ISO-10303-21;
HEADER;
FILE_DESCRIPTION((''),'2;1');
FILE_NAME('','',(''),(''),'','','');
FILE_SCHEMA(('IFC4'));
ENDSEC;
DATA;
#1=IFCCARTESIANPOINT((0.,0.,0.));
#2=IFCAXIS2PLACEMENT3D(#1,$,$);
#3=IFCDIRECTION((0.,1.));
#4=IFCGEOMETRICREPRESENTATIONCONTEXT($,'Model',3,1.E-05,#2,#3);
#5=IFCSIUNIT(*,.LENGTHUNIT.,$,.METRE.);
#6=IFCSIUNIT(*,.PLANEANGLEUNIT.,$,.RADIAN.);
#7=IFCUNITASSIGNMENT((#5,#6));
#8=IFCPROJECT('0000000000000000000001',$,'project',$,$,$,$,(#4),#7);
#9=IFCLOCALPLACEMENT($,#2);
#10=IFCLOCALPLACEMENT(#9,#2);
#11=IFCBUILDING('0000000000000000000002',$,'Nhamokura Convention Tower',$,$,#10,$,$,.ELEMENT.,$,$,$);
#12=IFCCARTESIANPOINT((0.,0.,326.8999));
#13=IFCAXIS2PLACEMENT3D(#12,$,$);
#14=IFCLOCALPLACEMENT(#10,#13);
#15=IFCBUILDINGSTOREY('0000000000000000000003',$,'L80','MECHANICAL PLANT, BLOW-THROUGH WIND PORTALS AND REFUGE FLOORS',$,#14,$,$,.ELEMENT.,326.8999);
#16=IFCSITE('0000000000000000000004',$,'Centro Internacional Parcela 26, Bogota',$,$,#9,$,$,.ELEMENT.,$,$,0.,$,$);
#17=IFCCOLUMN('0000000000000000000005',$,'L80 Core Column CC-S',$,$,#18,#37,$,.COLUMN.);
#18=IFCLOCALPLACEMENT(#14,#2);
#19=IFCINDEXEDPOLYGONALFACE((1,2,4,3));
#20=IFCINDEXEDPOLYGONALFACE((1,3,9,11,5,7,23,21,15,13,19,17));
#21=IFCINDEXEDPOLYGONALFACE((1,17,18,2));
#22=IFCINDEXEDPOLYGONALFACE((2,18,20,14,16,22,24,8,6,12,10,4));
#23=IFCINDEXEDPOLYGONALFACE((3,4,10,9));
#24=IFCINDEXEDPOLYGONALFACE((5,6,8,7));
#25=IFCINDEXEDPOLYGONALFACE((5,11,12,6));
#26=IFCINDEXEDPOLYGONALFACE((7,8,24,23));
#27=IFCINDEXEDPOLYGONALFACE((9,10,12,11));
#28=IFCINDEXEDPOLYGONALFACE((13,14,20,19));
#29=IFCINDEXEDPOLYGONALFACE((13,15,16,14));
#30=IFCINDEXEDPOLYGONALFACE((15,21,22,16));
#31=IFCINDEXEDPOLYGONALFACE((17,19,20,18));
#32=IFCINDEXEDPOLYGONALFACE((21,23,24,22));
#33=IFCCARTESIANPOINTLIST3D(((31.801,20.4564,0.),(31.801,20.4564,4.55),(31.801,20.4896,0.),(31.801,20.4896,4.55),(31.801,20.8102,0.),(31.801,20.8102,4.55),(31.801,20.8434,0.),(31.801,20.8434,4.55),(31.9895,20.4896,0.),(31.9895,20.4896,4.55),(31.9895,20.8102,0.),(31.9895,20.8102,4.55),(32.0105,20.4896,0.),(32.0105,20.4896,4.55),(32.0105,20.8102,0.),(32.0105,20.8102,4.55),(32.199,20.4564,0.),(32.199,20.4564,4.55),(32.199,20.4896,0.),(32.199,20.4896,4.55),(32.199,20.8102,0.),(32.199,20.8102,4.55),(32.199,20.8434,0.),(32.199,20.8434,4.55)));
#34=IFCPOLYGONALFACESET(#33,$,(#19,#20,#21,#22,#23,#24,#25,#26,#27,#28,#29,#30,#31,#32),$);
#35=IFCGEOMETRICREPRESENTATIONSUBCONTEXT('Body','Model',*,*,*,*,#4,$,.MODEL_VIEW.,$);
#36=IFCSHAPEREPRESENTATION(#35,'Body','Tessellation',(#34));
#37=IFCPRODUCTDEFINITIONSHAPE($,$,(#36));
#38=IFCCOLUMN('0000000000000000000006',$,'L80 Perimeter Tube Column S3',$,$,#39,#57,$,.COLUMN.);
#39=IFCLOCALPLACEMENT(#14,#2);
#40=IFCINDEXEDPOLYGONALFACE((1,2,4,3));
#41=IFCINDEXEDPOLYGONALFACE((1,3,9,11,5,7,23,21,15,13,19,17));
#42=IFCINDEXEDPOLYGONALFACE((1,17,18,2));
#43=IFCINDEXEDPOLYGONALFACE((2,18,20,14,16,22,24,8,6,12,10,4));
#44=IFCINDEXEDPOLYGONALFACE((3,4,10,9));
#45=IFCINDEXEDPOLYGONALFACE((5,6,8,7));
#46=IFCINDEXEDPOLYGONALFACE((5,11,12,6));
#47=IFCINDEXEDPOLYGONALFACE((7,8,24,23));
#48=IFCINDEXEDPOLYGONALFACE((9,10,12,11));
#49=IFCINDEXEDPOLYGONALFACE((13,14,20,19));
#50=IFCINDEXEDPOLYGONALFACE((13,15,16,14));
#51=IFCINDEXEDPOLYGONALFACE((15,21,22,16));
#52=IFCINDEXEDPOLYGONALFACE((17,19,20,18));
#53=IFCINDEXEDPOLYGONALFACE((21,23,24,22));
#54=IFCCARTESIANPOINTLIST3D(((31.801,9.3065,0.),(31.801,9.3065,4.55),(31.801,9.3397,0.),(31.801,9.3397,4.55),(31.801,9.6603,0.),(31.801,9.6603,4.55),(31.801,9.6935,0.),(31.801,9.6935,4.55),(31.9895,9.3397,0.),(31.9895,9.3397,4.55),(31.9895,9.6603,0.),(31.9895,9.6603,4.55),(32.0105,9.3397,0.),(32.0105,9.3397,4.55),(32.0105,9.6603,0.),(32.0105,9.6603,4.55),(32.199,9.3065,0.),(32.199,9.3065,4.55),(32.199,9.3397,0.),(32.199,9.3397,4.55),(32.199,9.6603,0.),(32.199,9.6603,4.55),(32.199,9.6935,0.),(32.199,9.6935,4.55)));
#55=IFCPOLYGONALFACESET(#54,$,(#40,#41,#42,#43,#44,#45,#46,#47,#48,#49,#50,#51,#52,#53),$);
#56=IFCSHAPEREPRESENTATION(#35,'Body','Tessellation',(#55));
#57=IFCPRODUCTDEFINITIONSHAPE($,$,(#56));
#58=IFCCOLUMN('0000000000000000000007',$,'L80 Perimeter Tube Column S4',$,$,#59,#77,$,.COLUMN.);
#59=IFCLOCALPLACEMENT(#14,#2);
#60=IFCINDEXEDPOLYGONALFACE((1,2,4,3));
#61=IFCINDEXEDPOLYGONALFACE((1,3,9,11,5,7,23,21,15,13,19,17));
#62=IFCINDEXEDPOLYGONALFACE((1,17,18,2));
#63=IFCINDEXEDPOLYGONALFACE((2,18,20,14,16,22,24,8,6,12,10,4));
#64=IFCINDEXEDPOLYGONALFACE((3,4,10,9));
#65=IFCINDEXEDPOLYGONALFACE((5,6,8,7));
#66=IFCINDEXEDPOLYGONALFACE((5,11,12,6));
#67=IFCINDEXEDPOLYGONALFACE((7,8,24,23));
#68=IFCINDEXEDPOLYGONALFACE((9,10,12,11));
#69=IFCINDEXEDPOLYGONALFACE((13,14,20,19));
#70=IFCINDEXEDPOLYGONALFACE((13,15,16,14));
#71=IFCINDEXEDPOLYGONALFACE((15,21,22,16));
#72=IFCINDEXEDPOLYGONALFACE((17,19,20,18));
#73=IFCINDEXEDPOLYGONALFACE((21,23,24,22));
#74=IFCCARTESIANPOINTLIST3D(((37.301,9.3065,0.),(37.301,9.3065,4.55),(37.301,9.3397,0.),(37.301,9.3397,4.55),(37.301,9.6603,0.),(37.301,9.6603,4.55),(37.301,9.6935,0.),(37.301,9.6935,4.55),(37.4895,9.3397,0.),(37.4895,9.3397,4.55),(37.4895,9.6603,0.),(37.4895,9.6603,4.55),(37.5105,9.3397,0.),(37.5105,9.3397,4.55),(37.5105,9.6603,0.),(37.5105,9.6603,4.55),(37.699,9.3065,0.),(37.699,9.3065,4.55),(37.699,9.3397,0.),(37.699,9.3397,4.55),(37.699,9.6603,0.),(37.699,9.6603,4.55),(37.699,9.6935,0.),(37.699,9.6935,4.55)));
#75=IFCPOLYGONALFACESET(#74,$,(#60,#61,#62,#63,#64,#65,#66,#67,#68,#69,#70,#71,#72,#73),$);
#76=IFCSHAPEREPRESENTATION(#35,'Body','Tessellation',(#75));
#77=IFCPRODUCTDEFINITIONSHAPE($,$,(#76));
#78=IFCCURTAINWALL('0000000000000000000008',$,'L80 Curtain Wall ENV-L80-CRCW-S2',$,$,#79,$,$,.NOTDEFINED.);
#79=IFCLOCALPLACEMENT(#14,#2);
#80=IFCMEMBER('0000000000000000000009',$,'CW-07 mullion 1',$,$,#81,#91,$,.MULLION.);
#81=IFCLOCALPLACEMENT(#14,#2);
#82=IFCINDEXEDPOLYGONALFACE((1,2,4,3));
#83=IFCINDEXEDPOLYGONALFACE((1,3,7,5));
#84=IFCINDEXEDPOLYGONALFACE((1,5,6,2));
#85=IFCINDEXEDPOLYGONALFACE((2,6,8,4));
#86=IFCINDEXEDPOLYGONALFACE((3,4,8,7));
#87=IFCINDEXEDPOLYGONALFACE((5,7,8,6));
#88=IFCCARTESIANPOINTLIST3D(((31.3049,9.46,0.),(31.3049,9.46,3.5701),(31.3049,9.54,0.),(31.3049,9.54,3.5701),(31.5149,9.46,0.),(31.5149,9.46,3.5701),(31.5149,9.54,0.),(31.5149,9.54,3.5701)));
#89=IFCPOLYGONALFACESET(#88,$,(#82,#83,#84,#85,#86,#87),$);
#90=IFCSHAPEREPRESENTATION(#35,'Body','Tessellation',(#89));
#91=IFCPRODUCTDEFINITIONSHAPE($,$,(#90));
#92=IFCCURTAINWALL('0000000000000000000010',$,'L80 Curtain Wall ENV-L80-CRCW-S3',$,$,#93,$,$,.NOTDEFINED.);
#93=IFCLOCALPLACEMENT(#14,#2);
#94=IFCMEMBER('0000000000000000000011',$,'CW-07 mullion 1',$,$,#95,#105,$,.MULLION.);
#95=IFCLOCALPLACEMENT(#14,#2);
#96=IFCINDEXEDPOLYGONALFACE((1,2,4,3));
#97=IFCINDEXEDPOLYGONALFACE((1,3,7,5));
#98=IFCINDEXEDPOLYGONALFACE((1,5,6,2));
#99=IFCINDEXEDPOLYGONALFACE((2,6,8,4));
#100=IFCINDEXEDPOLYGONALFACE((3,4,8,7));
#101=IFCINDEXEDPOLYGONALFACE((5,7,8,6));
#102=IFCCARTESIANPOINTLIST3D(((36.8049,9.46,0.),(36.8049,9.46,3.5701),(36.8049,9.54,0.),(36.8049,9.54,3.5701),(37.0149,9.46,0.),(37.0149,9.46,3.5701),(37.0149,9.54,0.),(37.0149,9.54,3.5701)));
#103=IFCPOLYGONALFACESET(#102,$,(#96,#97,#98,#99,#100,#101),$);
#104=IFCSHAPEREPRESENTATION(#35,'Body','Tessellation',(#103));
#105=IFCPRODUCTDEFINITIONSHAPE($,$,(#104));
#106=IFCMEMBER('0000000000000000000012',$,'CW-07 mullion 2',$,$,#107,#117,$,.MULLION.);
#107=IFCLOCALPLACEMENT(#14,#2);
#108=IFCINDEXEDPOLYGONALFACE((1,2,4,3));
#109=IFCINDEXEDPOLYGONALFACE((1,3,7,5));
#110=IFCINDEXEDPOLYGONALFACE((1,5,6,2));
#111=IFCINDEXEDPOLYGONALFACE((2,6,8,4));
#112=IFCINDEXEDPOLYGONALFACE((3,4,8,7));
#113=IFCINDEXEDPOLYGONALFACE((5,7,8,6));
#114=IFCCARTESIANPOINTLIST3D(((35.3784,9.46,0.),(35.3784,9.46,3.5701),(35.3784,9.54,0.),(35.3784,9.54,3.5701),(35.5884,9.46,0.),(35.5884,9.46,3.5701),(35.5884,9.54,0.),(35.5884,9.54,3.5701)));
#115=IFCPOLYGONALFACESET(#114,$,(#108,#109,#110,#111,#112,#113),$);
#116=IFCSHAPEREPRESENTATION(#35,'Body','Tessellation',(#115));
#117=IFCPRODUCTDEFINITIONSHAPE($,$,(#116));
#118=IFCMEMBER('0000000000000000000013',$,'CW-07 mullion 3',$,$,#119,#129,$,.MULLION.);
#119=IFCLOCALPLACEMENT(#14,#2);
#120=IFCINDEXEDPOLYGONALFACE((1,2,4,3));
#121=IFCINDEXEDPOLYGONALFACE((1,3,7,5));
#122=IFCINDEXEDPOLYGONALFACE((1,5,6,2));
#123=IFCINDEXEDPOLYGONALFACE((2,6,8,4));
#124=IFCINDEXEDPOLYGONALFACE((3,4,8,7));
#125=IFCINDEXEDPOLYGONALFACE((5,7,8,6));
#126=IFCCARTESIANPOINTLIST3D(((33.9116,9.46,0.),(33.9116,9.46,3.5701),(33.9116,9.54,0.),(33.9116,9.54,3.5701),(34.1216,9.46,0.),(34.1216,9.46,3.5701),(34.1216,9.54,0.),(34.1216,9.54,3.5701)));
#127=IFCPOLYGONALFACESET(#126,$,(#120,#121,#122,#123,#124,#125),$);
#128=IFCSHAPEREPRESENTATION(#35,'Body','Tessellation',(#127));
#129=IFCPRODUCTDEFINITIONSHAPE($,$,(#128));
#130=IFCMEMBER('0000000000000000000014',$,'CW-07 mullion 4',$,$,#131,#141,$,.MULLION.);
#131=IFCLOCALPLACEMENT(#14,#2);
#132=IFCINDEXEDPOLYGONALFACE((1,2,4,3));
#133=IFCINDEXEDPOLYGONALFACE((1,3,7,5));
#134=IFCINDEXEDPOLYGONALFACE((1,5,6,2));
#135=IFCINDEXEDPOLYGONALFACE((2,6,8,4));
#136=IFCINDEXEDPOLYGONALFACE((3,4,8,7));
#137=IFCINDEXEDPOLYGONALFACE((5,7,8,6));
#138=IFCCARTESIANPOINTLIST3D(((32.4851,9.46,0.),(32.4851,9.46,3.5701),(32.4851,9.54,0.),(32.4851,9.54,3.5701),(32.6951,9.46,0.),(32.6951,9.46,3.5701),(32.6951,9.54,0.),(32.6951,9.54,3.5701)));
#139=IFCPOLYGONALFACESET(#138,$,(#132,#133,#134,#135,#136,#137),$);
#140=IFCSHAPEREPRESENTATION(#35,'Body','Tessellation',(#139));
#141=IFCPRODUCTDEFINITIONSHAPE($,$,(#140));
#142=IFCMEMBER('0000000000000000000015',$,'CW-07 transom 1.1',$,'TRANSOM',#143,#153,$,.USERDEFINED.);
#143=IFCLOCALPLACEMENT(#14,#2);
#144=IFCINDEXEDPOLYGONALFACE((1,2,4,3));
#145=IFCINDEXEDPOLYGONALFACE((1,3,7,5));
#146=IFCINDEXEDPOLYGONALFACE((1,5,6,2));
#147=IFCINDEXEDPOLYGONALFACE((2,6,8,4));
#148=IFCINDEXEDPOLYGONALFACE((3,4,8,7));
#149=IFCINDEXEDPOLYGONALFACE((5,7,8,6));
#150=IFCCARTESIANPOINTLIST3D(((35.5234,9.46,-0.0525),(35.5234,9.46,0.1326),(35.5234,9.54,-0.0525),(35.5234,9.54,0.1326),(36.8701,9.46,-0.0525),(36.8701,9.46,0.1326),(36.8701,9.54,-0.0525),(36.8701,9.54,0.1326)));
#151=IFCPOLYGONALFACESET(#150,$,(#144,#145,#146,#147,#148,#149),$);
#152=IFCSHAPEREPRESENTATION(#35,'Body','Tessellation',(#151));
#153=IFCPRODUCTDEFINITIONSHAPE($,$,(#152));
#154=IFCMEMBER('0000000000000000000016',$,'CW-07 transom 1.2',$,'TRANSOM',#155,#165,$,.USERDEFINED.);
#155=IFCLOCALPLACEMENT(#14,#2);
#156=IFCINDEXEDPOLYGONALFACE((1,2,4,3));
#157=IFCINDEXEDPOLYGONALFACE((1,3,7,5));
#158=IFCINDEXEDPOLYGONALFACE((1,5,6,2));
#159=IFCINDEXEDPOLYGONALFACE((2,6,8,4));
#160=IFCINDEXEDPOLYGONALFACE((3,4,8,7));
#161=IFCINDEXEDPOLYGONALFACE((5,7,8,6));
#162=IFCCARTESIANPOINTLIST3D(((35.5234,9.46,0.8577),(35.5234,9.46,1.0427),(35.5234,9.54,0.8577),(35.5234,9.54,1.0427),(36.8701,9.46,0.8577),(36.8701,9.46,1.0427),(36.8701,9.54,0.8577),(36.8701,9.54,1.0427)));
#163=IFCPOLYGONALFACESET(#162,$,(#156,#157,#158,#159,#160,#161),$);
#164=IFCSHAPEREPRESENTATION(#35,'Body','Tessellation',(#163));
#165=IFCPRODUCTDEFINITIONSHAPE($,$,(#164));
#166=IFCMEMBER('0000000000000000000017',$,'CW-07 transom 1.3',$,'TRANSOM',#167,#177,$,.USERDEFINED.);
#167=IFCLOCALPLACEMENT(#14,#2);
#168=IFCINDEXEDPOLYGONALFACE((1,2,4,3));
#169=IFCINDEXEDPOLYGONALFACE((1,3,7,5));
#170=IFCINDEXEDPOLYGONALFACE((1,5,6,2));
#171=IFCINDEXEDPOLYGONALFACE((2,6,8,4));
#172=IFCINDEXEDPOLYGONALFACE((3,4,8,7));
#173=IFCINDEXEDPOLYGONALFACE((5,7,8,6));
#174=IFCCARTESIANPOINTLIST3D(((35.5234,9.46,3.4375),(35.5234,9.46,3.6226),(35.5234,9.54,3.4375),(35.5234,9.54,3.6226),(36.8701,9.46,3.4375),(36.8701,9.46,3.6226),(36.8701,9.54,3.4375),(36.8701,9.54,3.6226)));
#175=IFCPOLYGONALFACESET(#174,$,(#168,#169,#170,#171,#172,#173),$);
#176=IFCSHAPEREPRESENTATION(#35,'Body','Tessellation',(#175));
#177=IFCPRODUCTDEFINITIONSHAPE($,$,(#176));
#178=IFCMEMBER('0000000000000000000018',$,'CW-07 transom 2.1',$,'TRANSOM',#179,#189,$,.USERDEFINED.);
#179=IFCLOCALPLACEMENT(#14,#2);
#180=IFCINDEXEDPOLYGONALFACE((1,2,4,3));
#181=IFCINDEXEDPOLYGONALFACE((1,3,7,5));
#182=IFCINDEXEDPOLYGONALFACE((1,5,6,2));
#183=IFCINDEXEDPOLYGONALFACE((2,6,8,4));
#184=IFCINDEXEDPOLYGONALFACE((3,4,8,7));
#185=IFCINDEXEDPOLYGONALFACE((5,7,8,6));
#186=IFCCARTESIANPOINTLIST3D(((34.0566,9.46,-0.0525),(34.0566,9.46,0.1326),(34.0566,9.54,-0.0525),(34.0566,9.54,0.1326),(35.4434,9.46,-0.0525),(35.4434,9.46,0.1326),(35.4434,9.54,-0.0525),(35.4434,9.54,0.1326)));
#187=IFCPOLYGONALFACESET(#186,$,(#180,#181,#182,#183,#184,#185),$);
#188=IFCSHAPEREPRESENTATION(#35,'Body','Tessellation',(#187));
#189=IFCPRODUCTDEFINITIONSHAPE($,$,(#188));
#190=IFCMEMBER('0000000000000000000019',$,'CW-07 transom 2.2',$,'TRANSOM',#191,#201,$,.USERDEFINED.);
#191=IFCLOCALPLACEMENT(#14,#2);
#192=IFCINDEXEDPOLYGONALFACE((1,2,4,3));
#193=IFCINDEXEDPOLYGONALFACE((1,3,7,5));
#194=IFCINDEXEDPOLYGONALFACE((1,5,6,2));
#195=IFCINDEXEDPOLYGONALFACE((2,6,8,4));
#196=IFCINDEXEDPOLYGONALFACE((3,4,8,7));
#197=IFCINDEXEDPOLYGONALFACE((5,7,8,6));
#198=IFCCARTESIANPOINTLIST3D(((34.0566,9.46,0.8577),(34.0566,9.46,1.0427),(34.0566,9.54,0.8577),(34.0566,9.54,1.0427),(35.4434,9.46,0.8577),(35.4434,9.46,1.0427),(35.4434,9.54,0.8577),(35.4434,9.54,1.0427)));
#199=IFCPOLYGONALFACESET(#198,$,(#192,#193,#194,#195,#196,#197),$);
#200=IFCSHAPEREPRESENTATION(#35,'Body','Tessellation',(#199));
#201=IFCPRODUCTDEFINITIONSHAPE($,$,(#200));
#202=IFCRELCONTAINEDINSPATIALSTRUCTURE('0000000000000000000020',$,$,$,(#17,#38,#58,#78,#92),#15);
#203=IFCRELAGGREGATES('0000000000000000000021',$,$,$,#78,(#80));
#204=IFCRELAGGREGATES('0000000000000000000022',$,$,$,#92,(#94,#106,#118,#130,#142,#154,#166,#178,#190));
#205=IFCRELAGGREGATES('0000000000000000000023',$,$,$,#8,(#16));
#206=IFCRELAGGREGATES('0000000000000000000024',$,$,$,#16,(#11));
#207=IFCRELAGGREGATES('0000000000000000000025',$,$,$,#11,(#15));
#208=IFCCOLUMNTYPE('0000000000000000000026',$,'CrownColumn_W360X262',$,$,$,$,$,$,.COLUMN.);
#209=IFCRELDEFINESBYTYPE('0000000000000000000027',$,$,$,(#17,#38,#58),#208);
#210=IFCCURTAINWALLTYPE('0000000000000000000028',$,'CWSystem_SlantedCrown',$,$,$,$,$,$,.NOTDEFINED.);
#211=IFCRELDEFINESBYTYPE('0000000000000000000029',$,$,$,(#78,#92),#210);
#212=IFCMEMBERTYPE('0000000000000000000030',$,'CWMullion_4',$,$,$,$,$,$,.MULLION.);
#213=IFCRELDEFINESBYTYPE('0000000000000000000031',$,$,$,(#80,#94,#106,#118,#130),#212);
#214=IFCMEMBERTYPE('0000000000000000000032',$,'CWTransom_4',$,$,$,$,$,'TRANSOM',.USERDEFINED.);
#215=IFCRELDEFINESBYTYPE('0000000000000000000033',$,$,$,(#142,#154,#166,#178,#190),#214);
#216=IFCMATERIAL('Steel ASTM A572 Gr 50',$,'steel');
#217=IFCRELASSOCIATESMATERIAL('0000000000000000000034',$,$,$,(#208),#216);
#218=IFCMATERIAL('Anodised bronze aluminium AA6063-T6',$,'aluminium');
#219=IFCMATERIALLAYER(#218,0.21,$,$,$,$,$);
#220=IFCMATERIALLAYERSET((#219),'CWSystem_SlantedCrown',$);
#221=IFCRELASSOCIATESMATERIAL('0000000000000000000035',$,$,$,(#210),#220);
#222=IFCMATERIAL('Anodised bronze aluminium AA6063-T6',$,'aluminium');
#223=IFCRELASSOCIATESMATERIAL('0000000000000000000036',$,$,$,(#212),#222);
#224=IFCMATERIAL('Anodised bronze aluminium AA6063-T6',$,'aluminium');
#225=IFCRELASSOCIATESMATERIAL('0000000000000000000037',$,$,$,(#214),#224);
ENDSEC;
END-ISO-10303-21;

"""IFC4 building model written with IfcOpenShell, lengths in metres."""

from ifc_helpers import new_model, si_unit, direction, frame, origin, origin_2d, place, context, subcontext, project, spatial, rectangle, i_section, extrude, material, layer, layer_set, material_profile, profile_set, type_object, element, aggregate, save


model = new_model("IFC4")

# Units and contexts
model_context = context("Model", 3, precision=1e-05, world=origin(), true_north=direction((0.0, 1.0)))
body_context = subcontext(model_context, "Body", "Model", "MODEL_VIEW")
ifc_project = project(units=[si_unit("LENGTHUNIT", "METRE"), si_unit("PLANEANGLEUNIT", "RADIAN")], contexts=[model_context])

# Site, building, storey
site_placement = place(None, origin())
site = spatial("IfcSite", under=ifc_project, at=site_placement, Name="Centro Internacional Parcela 26, Bogota", CompositionType="ELEMENT", RefElevation=0.0)
building_placement = place(site_placement, origin())
building = spatial("IfcBuilding", under=site, at=building_placement, Name="Nhamokura Convention Tower", CompositionType="ELEMENT")
storey_placement = place(building_placement, frame((0.0, 0.0, 326.8999)))
storey = spatial("IfcBuildingStorey", under=building, at=storey_placement, Name="L80", Description="MECHANICAL PLANT, BLOW-THROUGH WIND PORTALS AND REFUGE FLOORS", CompositionType="ELEMENT", Elevation=326.8999)

# Columns
ifc_material_1 = material(Name="Steel ASTM A572 Gr 50", Category="steel")
ifc_material_profile_1 = material_profile(ifc_material_1, i_section(OverallWidth=0.3979, OverallDepth=0.387, WebThickness=0.021, FlangeThickness=0.0332, at=origin_2d()))
ifc_profile_set_1 = profile_set([ifc_material_profile_1], Name="Steel ASTM A572 Gr 50")
column_type = type_object("IfcColumnType", Name="CrownColumn_W360X262", PredefinedType="COLUMN", material=ifc_profile_set_1)
for number, where, z_axis, x_axis, name in (
    (1, (32.0, 20.6499, 0.0), (0.0, 0.0, 1.0), (1.0, 0.0, 0.0), "L80 Core Column CC-S"),
    (2, (32.0, 9.5, 0.0), (0.0, 0.0, 1.0), (1.0, 0.0, 0.0), "L80 Perimeter Tube Column S3"),
    (3, (37.5, 9.5, 0.0), (0.0, 0.0, 1.0), (1.0, 0.0, 0.0), "L80 Perimeter Tube Column S4"),
):
    element("IfcColumn", number, at=place(storey_placement, frame(where, z_axis=z_axis, x_axis=x_axis)), inside=storey, type_object=column_type, Name=name, PredefinedType="COLUMN", context=body_context, shape_type="SweptSolid", body=[
        extrude(i_section(OverallWidth=0.3979, OverallDepth=0.387, WebThickness=0.021, FlangeThickness=0.0332, at=origin_2d()), origin(), (0.0, 0.0, 1.0), 4.55),
    ])

# Curtain wall, member
ifc_material_2 = material(Name="Anodised bronze aluminium AA6063-T6", Category="aluminium")
ifc_layer_1 = layer(ifc_material_2, 0.21)
ifc_layer_set_1 = layer_set([ifc_layer_1], Name="CWSystem_SlantedCrown")
curtain_wall_type = type_object("IfcCurtainWallType", Name="CWSystem_SlantedCrown", PredefinedType="NOTDEFINED", material=ifc_layer_set_1)
curtain_wall_1_placement = place(storey_placement, origin())
curtain_wall_1 = element("IfcCurtainWall", 4, at=curtain_wall_1_placement, inside=storey, type_object=curtain_wall_type, Name="L80 Curtain Wall ENV-L80-CRCW-S2", PredefinedType="NOTDEFINED")
ifc_material_3 = material(Name="Anodised bronze aluminium AA6063-T6", Category="aluminium")
ifc_material_profile_2 = material_profile(ifc_material_3, rectangle(XDim=0.0801, YDim=0.21, at=origin_2d()))
ifc_profile_set_2 = profile_set([ifc_material_profile_2], Name="Anodised bronze aluminium AA6063-T6")
member_type_1 = type_object("IfcMemberType", Name="CWMullion_4", PredefinedType="MULLION", material=ifc_profile_set_2)
member_1_placement = place(storey_placement, frame((31.4099, 9.5, 0.0), z_axis=(0.0, 0.0, 1.0), x_axis=(0.0, -1.0, 0.0)))
member_1 = element("IfcMember", 5, at=member_1_placement, type_object=member_type_1, Name="CW-07 mullion 1", PredefinedType="MULLION", context=body_context, shape_type="SweptSolid", body=[
    extrude(rectangle(XDim=0.0801, YDim=0.21, at=origin_2d()), origin(), (0.0, 0.0, 1.0), 3.5701),
])
aggregate(curtain_wall_1, [member_1])

# Curtain wall, members
curtain_wall_2_placement = place(storey_placement, origin())
curtain_wall_2 = element("IfcCurtainWall", 6, at=curtain_wall_2_placement, inside=storey, type_object=curtain_wall_type, Name="L80 Curtain Wall ENV-L80-CRCW-S3", PredefinedType="NOTDEFINED")
member_2_placement = place(storey_placement, frame((36.9099, 9.5, 0.0), z_axis=(0.0, 0.0, 1.0), x_axis=(0.0, -1.0, 0.0)))
member_2 = element("IfcMember", 7, at=member_2_placement, type_object=member_type_1, Name="CW-07 mullion 1", PredefinedType="MULLION", context=body_context, shape_type="SweptSolid", body=[
    extrude(rectangle(XDim=0.0801, YDim=0.21, at=origin_2d()), origin(), (0.0, 0.0, 1.0), 3.5701),
])
member_3_placement = place(storey_placement, frame((35.4834, 9.5, 0.0), z_axis=(0.0, 0.0, 1.0), x_axis=(0.0, -1.0, 0.0)))
member_3 = element("IfcMember", 8, at=member_3_placement, type_object=member_type_1, Name="CW-07 mullion 2", PredefinedType="MULLION", context=body_context, shape_type="SweptSolid", body=[
    extrude(rectangle(XDim=0.0801, YDim=0.21, at=origin_2d()), origin(), (0.0, 0.0, 1.0), 3.5701),
])
member_4_placement = place(storey_placement, frame((34.0166, 9.5, 0.0), z_axis=(0.0, 0.0, 1.0), x_axis=(0.0, -1.0, 0.0)))
member_4 = element("IfcMember", 9, at=member_4_placement, type_object=member_type_1, Name="CW-07 mullion 3", PredefinedType="MULLION", context=body_context, shape_type="SweptSolid", body=[
    extrude(rectangle(XDim=0.0801, YDim=0.21, at=origin_2d()), origin(), (0.0, 0.0, 1.0), 3.5701),
])
member_5_placement = place(storey_placement, frame((32.5901, 9.5, 0.0), z_axis=(0.0, 0.0, 1.0), x_axis=(0.0, -1.0, 0.0)))
member_5 = element("IfcMember", 10, at=member_5_placement, type_object=member_type_1, Name="CW-07 mullion 4", PredefinedType="MULLION", context=body_context, shape_type="SweptSolid", body=[
    extrude(rectangle(XDim=0.0801, YDim=0.21, at=origin_2d()), origin(), (0.0, 0.0, 1.0), 3.5701),
])
ifc_material_4 = material(Name="Anodised bronze aluminium AA6063-T6", Category="aluminium")
ifc_material_profile_3 = material_profile(ifc_material_4, rectangle(XDim=0.0801, YDim=0.1851, at=origin_2d()))
ifc_profile_set_3 = profile_set([ifc_material_profile_3], Name="Anodised bronze aluminium AA6063-T6")
member_type_2 = type_object("IfcMemberType", Name="CWTransom_4", ElementType="TRANSOM", PredefinedType="USERDEFINED", material=ifc_profile_set_3)
member_6_placement = place(storey_placement, frame((36.8701, 9.5, 0.04), z_axis=(-1.0, 0.0, 0.0), x_axis=(0.0, -1.0, 0.0)))
member_6 = element("IfcMember", 11, at=member_6_placement, type_object=member_type_2, Name="CW-07 transom 1.1", ObjectType="TRANSOM", PredefinedType="USERDEFINED", context=body_context, shape_type="SweptSolid", body=[
    extrude(rectangle(XDim=0.0801, YDim=0.1851, at=origin_2d()), origin(), (0.0, 0.0, 1.0), 1.3467),
])
member_7_placement = place(storey_placement, frame((36.8701, 9.5, 0.9502), z_axis=(-1.0, 0.0, 0.0), x_axis=(0.0, -1.0, 0.0)))
member_7 = element("IfcMember", 12, at=member_7_placement, type_object=member_type_2, Name="CW-07 transom 1.2", ObjectType="TRANSOM", PredefinedType="USERDEFINED", context=body_context, shape_type="SweptSolid", body=[
    extrude(rectangle(XDim=0.0801, YDim=0.1851, at=origin_2d()), origin(), (0.0, 0.0, 1.0), 1.3467),
])
member_8_placement = place(storey_placement, frame((36.8701, 9.5, 3.53), z_axis=(-1.0, 0.0, 0.0), x_axis=(0.0, -1.0, 0.0)))
member_8 = element("IfcMember", 13, at=member_8_placement, type_object=member_type_2, Name="CW-07 transom 1.3", ObjectType="TRANSOM", PredefinedType="USERDEFINED", context=body_context, shape_type="SweptSolid", body=[
    extrude(rectangle(XDim=0.0801, YDim=0.1851, at=origin_2d()), origin(), (0.0, 0.0, 1.0), 1.3467),
])
member_9_placement = place(storey_placement, frame((35.4434, 9.5, 0.04), z_axis=(-1.0, 0.0, 0.0), x_axis=(0.0, -1.0, 0.0)))
member_9 = element("IfcMember", 14, at=member_9_placement, type_object=member_type_2, Name="CW-07 transom 2.1", ObjectType="TRANSOM", PredefinedType="USERDEFINED", context=body_context, shape_type="SweptSolid", body=[
    extrude(rectangle(XDim=0.0801, YDim=0.1851, at=origin_2d()), origin(), (0.0, 0.0, 1.0), 1.3867),
])
member_10_placement = place(storey_placement, frame((35.4434, 9.5, 0.9502), z_axis=(-1.0, 0.0, 0.0), x_axis=(0.0, -1.0, 0.0)))
member_10 = element("IfcMember", 15, at=member_10_placement, type_object=member_type_2, Name="CW-07 transom 2.2", ObjectType="TRANSOM", PredefinedType="USERDEFINED", context=body_context, shape_type="SweptSolid", body=[
    extrude(rectangle(XDim=0.0801, YDim=0.1851, at=origin_2d()), origin(), (0.0, 0.0, 1.0), 1.3867),
])
aggregate(curtain_wall_2, [member_2, member_3, member_4, member_5, member_6, member_7, member_8, member_9, member_10])

save(model, "model.ifc")
